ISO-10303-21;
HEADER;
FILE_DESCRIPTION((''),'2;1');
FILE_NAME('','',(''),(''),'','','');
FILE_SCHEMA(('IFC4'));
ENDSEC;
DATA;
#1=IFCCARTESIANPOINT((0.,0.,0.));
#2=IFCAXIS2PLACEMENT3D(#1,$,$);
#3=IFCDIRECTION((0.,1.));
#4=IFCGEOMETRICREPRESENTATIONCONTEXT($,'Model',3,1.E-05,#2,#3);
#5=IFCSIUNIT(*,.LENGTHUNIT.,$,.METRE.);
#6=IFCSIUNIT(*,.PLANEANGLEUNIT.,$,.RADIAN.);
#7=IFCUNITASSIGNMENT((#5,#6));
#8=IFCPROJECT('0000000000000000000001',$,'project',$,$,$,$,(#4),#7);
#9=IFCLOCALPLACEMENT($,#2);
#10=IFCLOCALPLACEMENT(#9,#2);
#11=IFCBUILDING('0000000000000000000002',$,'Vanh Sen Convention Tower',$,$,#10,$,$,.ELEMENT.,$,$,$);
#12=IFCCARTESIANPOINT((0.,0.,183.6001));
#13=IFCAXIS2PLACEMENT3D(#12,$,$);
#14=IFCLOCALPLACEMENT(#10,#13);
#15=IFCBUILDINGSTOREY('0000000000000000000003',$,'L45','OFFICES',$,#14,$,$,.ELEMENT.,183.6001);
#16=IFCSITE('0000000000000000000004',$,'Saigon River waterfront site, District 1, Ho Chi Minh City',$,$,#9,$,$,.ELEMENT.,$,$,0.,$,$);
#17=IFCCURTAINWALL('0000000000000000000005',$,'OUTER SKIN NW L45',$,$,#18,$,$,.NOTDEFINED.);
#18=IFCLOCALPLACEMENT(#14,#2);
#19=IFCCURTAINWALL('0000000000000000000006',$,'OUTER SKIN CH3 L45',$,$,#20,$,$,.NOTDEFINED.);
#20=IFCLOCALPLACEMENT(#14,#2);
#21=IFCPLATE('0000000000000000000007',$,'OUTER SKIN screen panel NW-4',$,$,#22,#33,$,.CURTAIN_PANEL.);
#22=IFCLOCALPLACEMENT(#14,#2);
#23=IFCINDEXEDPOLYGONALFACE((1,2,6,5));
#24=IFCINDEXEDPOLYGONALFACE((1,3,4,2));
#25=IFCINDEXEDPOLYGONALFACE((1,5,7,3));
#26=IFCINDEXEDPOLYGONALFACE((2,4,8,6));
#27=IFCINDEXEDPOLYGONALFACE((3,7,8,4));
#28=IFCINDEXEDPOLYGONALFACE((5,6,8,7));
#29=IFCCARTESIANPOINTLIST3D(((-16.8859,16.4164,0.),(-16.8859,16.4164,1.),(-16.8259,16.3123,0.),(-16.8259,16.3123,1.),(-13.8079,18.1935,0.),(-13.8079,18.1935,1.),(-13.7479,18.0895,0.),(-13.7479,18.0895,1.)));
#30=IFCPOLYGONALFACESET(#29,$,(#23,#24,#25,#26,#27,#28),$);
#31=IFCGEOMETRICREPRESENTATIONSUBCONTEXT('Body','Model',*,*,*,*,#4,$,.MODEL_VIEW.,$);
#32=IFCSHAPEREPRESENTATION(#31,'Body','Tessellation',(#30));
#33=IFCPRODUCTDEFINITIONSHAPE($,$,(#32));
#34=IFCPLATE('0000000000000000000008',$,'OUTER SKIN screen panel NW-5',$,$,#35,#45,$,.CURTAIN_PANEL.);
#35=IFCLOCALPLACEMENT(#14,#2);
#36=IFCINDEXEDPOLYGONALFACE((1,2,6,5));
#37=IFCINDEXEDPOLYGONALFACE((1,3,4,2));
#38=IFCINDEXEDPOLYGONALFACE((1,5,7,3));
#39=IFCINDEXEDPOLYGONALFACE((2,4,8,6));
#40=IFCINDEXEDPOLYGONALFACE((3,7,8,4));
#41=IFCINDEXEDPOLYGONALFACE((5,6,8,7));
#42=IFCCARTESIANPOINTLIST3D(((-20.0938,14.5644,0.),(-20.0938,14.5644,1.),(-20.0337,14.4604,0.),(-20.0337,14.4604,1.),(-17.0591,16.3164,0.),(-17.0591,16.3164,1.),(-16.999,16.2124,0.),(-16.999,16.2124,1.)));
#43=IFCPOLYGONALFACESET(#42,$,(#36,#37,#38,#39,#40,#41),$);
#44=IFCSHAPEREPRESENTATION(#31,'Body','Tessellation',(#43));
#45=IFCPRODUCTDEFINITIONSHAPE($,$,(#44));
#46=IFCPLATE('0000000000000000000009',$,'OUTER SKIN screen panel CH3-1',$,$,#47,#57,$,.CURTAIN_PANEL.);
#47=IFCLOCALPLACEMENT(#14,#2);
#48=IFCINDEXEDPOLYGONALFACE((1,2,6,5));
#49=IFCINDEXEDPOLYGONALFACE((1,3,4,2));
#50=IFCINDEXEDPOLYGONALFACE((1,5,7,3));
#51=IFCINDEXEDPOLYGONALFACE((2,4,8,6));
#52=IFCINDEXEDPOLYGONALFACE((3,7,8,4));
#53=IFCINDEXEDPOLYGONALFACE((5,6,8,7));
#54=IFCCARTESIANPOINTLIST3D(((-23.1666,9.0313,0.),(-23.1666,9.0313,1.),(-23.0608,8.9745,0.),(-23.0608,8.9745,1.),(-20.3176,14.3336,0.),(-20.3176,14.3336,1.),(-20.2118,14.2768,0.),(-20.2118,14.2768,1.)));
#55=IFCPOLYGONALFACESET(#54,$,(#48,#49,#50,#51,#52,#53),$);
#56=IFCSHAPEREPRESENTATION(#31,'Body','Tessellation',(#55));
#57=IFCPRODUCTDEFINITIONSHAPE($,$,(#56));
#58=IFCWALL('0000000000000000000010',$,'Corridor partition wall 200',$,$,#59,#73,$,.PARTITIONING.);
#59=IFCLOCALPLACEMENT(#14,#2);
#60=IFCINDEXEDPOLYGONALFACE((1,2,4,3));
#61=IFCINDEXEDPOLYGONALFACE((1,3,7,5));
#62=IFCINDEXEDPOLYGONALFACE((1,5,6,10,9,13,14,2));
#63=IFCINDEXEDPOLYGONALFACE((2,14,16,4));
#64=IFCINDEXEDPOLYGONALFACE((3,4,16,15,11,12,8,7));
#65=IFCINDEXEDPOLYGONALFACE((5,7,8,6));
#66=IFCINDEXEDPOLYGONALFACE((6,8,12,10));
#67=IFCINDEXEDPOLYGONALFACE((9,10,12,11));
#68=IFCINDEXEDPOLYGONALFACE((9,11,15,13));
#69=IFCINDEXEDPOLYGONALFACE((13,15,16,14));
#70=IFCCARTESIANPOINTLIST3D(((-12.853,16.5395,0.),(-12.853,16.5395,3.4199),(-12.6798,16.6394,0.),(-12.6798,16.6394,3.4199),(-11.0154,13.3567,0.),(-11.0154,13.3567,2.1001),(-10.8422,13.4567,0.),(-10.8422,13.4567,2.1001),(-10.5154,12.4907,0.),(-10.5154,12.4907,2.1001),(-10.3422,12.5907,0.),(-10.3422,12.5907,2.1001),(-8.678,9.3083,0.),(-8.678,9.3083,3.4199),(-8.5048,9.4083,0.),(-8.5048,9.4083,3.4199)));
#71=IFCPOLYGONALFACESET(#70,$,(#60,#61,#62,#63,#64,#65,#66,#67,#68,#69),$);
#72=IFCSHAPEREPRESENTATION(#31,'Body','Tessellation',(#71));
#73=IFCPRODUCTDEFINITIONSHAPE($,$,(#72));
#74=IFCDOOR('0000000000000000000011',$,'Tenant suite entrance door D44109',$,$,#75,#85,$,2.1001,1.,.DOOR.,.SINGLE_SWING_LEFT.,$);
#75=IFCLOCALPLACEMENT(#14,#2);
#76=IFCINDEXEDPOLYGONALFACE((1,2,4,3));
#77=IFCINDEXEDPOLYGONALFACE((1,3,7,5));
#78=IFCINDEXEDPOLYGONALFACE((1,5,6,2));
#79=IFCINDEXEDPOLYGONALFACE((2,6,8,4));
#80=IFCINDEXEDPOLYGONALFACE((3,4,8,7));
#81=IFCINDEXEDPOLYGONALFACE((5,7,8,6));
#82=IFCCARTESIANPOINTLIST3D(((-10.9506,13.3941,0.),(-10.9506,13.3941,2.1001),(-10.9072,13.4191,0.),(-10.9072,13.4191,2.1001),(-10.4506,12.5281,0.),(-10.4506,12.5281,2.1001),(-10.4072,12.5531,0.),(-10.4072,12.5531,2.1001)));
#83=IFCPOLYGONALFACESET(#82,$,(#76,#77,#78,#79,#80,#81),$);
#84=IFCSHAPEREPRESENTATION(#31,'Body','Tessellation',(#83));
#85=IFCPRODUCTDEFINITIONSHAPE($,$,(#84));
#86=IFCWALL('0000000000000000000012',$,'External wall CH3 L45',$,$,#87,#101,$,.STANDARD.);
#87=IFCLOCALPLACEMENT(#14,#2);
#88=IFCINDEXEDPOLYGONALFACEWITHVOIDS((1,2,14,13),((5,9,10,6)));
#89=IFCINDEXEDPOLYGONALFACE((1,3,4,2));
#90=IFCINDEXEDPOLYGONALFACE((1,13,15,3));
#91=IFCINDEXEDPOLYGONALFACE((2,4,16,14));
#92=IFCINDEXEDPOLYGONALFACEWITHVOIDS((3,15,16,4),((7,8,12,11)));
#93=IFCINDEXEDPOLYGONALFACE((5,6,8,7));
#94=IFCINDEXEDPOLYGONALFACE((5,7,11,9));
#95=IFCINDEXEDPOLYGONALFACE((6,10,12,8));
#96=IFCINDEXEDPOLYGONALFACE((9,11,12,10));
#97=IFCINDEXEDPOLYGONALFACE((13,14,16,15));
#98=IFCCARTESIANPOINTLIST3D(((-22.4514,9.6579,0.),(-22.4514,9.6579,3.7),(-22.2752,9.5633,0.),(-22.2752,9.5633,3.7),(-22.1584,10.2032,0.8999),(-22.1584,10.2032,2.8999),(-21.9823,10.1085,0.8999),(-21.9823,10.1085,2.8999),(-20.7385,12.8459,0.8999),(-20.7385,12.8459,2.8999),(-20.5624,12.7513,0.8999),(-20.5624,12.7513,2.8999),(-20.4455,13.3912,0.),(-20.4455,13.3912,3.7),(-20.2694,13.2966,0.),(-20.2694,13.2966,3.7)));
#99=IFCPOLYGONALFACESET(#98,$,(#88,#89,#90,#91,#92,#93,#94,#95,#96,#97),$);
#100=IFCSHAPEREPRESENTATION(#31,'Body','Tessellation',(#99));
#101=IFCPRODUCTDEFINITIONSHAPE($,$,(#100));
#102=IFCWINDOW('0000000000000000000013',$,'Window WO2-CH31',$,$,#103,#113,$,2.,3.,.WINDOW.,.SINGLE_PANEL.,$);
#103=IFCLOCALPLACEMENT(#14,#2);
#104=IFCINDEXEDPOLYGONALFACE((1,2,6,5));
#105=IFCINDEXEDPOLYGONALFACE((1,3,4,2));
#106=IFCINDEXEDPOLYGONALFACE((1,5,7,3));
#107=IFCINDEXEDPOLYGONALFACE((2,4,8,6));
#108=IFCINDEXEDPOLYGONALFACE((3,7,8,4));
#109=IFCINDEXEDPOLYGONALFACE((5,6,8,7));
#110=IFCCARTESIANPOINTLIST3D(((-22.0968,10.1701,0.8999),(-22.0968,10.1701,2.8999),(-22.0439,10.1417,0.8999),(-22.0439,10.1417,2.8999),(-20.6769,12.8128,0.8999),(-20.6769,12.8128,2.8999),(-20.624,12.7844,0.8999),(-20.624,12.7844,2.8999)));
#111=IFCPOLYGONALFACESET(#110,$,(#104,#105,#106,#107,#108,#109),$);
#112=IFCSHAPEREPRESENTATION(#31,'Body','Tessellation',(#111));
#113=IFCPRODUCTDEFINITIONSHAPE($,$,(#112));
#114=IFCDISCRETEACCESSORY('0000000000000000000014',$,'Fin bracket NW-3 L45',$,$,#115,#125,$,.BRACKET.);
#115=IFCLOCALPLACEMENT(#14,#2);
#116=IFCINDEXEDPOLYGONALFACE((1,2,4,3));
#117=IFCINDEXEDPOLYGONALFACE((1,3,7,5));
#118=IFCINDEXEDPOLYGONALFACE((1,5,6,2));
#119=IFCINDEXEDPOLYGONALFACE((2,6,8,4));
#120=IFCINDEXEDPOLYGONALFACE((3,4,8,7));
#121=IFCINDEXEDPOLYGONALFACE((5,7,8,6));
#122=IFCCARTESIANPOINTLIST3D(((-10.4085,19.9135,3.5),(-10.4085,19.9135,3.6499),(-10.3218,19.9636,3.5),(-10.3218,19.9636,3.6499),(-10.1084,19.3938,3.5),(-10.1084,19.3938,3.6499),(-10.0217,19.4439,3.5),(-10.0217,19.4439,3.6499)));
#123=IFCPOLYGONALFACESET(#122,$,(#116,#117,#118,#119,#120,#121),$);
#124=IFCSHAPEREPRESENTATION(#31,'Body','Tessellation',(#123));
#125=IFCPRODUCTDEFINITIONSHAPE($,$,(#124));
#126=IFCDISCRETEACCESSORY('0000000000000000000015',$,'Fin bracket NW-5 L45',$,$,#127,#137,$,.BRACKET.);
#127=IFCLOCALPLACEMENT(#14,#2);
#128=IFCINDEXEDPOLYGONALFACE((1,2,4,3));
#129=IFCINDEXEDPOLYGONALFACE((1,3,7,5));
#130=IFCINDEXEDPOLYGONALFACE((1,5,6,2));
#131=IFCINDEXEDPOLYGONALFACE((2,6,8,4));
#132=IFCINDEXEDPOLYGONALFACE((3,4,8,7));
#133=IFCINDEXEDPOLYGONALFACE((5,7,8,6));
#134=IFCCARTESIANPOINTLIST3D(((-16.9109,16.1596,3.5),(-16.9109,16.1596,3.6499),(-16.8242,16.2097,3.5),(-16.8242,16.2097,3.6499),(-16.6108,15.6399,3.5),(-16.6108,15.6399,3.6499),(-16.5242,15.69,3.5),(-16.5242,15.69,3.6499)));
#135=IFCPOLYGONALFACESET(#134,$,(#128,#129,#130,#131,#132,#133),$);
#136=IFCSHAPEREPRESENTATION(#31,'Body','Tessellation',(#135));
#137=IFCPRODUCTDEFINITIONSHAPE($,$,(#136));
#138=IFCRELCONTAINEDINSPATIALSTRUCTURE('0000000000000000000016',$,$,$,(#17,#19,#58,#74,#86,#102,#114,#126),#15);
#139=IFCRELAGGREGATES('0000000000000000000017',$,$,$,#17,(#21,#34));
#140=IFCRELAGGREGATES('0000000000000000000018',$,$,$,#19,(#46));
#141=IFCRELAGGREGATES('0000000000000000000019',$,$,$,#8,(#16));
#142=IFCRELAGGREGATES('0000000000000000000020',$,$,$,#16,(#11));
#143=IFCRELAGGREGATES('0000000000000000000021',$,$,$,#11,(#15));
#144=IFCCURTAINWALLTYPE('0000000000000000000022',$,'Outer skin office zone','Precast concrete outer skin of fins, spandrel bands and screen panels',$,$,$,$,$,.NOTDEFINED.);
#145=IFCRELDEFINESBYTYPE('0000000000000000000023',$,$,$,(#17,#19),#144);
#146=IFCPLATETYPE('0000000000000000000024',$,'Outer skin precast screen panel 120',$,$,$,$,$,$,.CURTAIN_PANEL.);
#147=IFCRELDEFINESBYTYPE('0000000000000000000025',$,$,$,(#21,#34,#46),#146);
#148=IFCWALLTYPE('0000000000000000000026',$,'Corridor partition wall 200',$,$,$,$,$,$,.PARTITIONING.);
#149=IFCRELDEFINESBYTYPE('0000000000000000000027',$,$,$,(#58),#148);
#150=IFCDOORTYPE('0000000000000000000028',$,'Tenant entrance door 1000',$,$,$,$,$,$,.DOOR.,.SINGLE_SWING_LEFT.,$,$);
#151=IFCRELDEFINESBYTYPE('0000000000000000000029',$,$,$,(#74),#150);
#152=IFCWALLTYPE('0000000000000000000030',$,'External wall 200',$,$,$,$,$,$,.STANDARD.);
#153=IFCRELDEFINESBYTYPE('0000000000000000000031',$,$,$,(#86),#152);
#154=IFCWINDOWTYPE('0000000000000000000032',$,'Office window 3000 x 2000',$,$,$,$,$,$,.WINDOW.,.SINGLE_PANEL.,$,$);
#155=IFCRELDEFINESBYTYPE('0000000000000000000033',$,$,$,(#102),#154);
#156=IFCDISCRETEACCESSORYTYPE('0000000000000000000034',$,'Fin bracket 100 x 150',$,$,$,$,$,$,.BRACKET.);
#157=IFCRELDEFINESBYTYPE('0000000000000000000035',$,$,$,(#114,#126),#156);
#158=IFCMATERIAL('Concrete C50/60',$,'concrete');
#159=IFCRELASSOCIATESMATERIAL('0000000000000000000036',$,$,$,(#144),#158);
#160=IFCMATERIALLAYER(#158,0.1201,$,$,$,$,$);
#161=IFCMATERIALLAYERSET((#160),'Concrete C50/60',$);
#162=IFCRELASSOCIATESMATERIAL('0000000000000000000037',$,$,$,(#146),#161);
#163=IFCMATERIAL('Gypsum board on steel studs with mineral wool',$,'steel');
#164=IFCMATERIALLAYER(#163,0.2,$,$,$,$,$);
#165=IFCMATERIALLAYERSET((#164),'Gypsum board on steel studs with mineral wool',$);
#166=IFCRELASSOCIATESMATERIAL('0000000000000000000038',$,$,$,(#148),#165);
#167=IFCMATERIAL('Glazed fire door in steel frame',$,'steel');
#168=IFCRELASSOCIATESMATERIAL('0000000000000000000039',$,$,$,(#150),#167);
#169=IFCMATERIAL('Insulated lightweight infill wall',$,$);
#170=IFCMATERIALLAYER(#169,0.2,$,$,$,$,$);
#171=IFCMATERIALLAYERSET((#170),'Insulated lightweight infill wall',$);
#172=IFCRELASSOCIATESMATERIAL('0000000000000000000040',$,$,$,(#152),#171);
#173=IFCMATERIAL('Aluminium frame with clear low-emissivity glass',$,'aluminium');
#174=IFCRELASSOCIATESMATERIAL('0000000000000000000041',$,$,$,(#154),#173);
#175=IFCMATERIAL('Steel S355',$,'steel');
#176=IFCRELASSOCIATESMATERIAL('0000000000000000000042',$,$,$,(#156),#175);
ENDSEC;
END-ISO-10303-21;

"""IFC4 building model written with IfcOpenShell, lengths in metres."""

from ifc_helpers import new_model, si_unit, direction, frame, frame_2d, origin, origin_2d, place, context, subcontext, project, spatial, rectangle, extrude, material, layer, layer_set, type_object, element, fill, aggregate, save


model = new_model("IFC4")

# Units and contexts
model_context = context("Model", 3, precision=1e-05, world=origin(), true_north=direction((0.0, 1.0)))
body_context = subcontext(model_context, "Body", "Model", "MODEL_VIEW")
ifc_project = project(units=[si_unit("LENGTHUNIT", "METRE"), si_unit("PLANEANGLEUNIT", "RADIAN")], contexts=[model_context])

# Site, building, storey
site_placement = place(None, origin())
site = spatial("IfcSite", under=ifc_project, at=site_placement, Name="Saigon River waterfront site, District 1, Ho Chi Minh City", CompositionType="ELEMENT", RefElevation=0.0)
building_placement = place(site_placement, origin())
building = spatial("IfcBuilding", under=site, at=building_placement, Name="Vanh Sen Convention Tower", CompositionType="ELEMENT")
storey_placement = place(building_placement, frame((0.0, 0.0, 183.6001)))
storey = spatial("IfcBuildingStorey", under=building, at=storey_placement, Name="L45", Description="OFFICES", CompositionType="ELEMENT", Elevation=183.6001)

# Curtain wall
ifc_material_1 = material(Name="Concrete C50/60", Category="concrete")
curtain_wall_type = type_object("IfcCurtainWallType", Name="Outer skin office zone", Description="Precast concrete outer skin of fins, spandrel bands and screen panels", PredefinedType="NOTDEFINED", material=ifc_material_1)
curtain_wall_1_placement = place(storey_placement, origin())
curtain_wall_1 = element("IfcCurtainWall", 1, at=curtain_wall_1_placement, inside=storey, type_object=curtain_wall_type, Name="OUTER SKIN NW L45", PredefinedType="NOTDEFINED")

# Curtain wall
curtain_wall_2_placement = place(storey_placement, origin())
curtain_wall_2 = element("IfcCurtainWall", 2, at=curtain_wall_2_placement, inside=storey, type_object=curtain_wall_type, Name="OUTER SKIN CH3 L45", PredefinedType="NOTDEFINED")

# Plates
ifc_layer_1 = layer(ifc_material_1, 0.1201)
ifc_layer_set_1 = layer_set([ifc_layer_1], Name="Concrete C50/60")
plate_type = type_object("IfcPlateType", Name="Outer skin precast screen panel 120", PredefinedType="CURTAIN_PANEL", material=ifc_layer_set_1)
plate_1_placement = place(storey_placement, frame((-15.3169, 17.2529, 0.0), z_axis=(0.0, 0.0, 1.0), x_axis=(-0.866017, -0.500015, 0.0)))
plate_1 = element("IfcPlate", 3, at=plate_1_placement, type_object=plate_type, Name="OUTER SKIN screen panel NW-4", PredefinedType="CURTAIN_PANEL", context=body_context, shape_type="SweptSolid", body=[
    extrude(rectangle(XDim=3.5542, YDim=0.1201, at=origin_2d()), origin(), (0.0, 0.0, 1.0), 1.0),
])
plate_2_placement = place(storey_placement, frame((-18.5464, 15.3884, 0.0), z_axis=(0.0, 0.0, 1.0), x_axis=(-0.866035, -0.499983, 0.0)))
plate_2 = element("IfcPlate", 4, at=plate_2_placement, type_object=plate_type, Name="OUTER SKIN screen panel NW-5", PredefinedType="CURTAIN_PANEL", context=body_context, shape_type="SweptSolid", body=[
    extrude(rectangle(XDim=3.5042, YDim=0.1201, at=origin_2d()), origin(), (0.0, 0.0, 1.0), 1.0),
])
aggregate(curtain_wall_1, [plate_1, plate_2])
plate_3_placement = place(storey_placement, frame((-21.6892, 11.6541, 0.0), z_axis=(0.0, 0.0, 1.0), x_axis=(-0.473318, -0.880892, 0.0)))
plate_3 = element("IfcPlate", 5, at=plate_3_placement, type_object=plate_type, Name="OUTER SKIN screen panel CH3-1", PredefinedType="CURTAIN_PANEL", context=body_context, shape_type="SweptSolid", body=[
    extrude(rectangle(XDim=6.0193, YDim=0.1201, at=origin_2d()), origin(), (0.0, 0.0, 1.0), 1.0),
])
aggregate(curtain_wall_2, [plate_3])

# Wall, opening, door
ifc_material_2 = material(Name="Gypsum board on steel studs with mineral wool", Category="steel")
ifc_layer_2 = layer(ifc_material_2, 0.2)
ifc_layer_set_2 = layer_set([ifc_layer_2], Name="Gypsum board on steel studs with mineral wool")
wall_type_1 = type_object("IfcWallType", Name="Corridor partition wall 200", PredefinedType="PARTITIONING", material=ifc_layer_set_2)
wall_1_placement = place(storey_placement, frame((-12.7664, 16.5894, 0.0), z_axis=(0.0, 0.0, 1.0), x_axis=(0.50001, -0.86602, 0.0)))
wall_1 = element("IfcWall", 6, at=wall_1_placement, inside=storey, type_object=wall_type_1, Name="Corridor partition wall 200", PredefinedType="PARTITIONING", context=body_context, shape_type="SweptSolid", body=[
    extrude(rectangle(XDim=8.3499, YDim=0.2, at=frame_2d((4.1748, 0.0))), origin(), (0.0, 0.0, 1.0), 3.4199),
])
opening_1_placement = place(wall_1_placement, frame((3.675, 0.0, 0.0)))
opening_1 = element("IfcOpeningElement", 7, at=opening_1_placement, cuts=wall_1, PredefinedType="OPENING", context=body_context, shape_type="SweptSolid", body=[
    extrude(rectangle(XDim=1.0, YDim=2.1001, at=frame_2d((0.5, 1.05))), frame((0.0, 0.1099, 0.0), z_axis=(0.0, -1.0, 0.0), x_axis=(1.0, 0.0, 0.0)), (0.0, 0.0, 1.0), 0.22),
])
ifc_material_3 = material(Name="Glazed fire door in steel frame", Category="steel")
door_type = type_object("IfcDoorType", Name="Tenant entrance door 1000", OperationType="SINGLE_SWING_LEFT", PredefinedType="DOOR", material=ifc_material_3)
door_placement = place(opening_1_placement, origin())
door = element("IfcDoor", 8, at=door_placement, inside=storey, type_object=door_type, Name="Tenant suite entrance door D44109", OperationType="SINGLE_SWING_LEFT", OverallHeight=2.1001, OverallWidth=1.0, PredefinedType="DOOR", context=body_context, shape_type="SweptSolid", body=[
    extrude(rectangle(XDim=1.0, YDim=2.1001, at=frame_2d((0.5, 1.05))), frame((0.0, 0.0249, 0.0), z_axis=(0.0, -1.0, 0.0), x_axis=(1.0, 0.0, 0.0)), (0.0, 0.0, 1.0), 0.05),
])
fill(opening_1, door)

# Wall, opening, window
ifc_material_4 = material(Name="Insulated lightweight infill wall")
ifc_layer_3 = layer(ifc_material_4, 0.2)
ifc_layer_set_3 = layer_set([ifc_layer_3], Name="Insulated lightweight infill wall")
wall_type_2 = type_object("IfcWallType", Name="External wall 200", PredefinedType="STANDARD", material=ifc_layer_set_3)
wall_2_placement = place(storey_placement, frame((-20.3574, 13.344, 0.0), z_axis=(0.0, 0.0, 1.0), x_axis=(-0.473289, -0.880907, 0.0)))
wall_2 = element("IfcWall", 9, at=wall_2_placement, inside=storey, type_object=wall_type_2, Name="External wall CH3 L45", PredefinedType="STANDARD", context=body_context, shape_type="SweptSolid", body=[
    extrude(rectangle(XDim=4.238, YDim=0.2, at=frame_2d((2.1191, 0.0))), origin(), (0.0, 0.0, 1.0), 3.7),
])
opening_2_placement = place(wall_2_placement, frame((0.6191, 0.0, 0.8999)))
opening_2 = element("IfcOpeningElement", 10, at=opening_2_placement, cuts=wall_2, PredefinedType="OPENING", context=body_context, shape_type="SweptSolid", body=[
    extrude(rectangle(XDim=3.0, YDim=2.0, at=frame_2d((1.5, 1.0))), frame((0.0, 0.1099, 0.0), z_axis=(0.0, -1.0, 0.0), x_axis=(1.0, 0.0, 0.0)), (0.0, 0.0, 1.0), 0.22),
])
ifc_material_5 = material(Name="Aluminium frame with clear low-emissivity glass", Category="aluminium")
window_type = type_object("IfcWindowType", Name="Office window 3000 x 2000", PartitioningType="SINGLE_PANEL", PredefinedType="WINDOW", material=ifc_material_5)
window_placement = place(opening_2_placement, origin())
window = element("IfcWindow", 11, at=window_placement, inside=storey, type_object=window_type, Name="Window WO2-CH31", OverallHeight=2.0, OverallWidth=3.0, PartitioningType="SINGLE_PANEL", PredefinedType="WINDOW", context=body_context, shape_type="SweptSolid", body=[
    extrude(rectangle(XDim=3.0, YDim=2.0, at=frame_2d((1.5, 1.0))), frame((0.0, 0.03, 0.0), z_axis=(0.0, -1.0, 0.0), x_axis=(1.0, 0.0, 0.0)), (0.0, 0.0, 1.0), 0.0601),
])
fill(opening_2, window)

# Discrete accessories
ifc_material_6 = material(Name="Steel S355", Category="steel")
discrete_accessory_type = type_object("IfcDiscreteAccessoryType", Name="Fin bracket 100 x 150", PredefinedType="BRACKET", material=ifc_material_6)
for number, where, z_axis, x_axis, name in (
    (12, (-10.2151, 19.6787, 3.5), (0.0, 0.0, 1.0), (-0.5, 0.866025, 0.0), "Fin bracket NW-3 L45"),
    (13, (-16.7175, 15.9248, 3.5), (0.0, 0.0, 1.0), (-0.5, 0.866025, 0.0), "Fin bracket NW-5 L45"),
):
    element("IfcDiscreteAccessory", number, at=place(storey_placement, frame(where, z_axis=z_axis, x_axis=x_axis)), inside=storey, type_object=discrete_accessory_type, Name=name, PredefinedType="BRACKET", context=body_context, shape_type="SweptSolid", body=[
        extrude(rectangle(XDim=0.6001, YDim=0.1001, at=origin_2d()), origin(), (0.0, 0.0, 1.0), 0.1499),
    ])

save(model, "model.ifc")
